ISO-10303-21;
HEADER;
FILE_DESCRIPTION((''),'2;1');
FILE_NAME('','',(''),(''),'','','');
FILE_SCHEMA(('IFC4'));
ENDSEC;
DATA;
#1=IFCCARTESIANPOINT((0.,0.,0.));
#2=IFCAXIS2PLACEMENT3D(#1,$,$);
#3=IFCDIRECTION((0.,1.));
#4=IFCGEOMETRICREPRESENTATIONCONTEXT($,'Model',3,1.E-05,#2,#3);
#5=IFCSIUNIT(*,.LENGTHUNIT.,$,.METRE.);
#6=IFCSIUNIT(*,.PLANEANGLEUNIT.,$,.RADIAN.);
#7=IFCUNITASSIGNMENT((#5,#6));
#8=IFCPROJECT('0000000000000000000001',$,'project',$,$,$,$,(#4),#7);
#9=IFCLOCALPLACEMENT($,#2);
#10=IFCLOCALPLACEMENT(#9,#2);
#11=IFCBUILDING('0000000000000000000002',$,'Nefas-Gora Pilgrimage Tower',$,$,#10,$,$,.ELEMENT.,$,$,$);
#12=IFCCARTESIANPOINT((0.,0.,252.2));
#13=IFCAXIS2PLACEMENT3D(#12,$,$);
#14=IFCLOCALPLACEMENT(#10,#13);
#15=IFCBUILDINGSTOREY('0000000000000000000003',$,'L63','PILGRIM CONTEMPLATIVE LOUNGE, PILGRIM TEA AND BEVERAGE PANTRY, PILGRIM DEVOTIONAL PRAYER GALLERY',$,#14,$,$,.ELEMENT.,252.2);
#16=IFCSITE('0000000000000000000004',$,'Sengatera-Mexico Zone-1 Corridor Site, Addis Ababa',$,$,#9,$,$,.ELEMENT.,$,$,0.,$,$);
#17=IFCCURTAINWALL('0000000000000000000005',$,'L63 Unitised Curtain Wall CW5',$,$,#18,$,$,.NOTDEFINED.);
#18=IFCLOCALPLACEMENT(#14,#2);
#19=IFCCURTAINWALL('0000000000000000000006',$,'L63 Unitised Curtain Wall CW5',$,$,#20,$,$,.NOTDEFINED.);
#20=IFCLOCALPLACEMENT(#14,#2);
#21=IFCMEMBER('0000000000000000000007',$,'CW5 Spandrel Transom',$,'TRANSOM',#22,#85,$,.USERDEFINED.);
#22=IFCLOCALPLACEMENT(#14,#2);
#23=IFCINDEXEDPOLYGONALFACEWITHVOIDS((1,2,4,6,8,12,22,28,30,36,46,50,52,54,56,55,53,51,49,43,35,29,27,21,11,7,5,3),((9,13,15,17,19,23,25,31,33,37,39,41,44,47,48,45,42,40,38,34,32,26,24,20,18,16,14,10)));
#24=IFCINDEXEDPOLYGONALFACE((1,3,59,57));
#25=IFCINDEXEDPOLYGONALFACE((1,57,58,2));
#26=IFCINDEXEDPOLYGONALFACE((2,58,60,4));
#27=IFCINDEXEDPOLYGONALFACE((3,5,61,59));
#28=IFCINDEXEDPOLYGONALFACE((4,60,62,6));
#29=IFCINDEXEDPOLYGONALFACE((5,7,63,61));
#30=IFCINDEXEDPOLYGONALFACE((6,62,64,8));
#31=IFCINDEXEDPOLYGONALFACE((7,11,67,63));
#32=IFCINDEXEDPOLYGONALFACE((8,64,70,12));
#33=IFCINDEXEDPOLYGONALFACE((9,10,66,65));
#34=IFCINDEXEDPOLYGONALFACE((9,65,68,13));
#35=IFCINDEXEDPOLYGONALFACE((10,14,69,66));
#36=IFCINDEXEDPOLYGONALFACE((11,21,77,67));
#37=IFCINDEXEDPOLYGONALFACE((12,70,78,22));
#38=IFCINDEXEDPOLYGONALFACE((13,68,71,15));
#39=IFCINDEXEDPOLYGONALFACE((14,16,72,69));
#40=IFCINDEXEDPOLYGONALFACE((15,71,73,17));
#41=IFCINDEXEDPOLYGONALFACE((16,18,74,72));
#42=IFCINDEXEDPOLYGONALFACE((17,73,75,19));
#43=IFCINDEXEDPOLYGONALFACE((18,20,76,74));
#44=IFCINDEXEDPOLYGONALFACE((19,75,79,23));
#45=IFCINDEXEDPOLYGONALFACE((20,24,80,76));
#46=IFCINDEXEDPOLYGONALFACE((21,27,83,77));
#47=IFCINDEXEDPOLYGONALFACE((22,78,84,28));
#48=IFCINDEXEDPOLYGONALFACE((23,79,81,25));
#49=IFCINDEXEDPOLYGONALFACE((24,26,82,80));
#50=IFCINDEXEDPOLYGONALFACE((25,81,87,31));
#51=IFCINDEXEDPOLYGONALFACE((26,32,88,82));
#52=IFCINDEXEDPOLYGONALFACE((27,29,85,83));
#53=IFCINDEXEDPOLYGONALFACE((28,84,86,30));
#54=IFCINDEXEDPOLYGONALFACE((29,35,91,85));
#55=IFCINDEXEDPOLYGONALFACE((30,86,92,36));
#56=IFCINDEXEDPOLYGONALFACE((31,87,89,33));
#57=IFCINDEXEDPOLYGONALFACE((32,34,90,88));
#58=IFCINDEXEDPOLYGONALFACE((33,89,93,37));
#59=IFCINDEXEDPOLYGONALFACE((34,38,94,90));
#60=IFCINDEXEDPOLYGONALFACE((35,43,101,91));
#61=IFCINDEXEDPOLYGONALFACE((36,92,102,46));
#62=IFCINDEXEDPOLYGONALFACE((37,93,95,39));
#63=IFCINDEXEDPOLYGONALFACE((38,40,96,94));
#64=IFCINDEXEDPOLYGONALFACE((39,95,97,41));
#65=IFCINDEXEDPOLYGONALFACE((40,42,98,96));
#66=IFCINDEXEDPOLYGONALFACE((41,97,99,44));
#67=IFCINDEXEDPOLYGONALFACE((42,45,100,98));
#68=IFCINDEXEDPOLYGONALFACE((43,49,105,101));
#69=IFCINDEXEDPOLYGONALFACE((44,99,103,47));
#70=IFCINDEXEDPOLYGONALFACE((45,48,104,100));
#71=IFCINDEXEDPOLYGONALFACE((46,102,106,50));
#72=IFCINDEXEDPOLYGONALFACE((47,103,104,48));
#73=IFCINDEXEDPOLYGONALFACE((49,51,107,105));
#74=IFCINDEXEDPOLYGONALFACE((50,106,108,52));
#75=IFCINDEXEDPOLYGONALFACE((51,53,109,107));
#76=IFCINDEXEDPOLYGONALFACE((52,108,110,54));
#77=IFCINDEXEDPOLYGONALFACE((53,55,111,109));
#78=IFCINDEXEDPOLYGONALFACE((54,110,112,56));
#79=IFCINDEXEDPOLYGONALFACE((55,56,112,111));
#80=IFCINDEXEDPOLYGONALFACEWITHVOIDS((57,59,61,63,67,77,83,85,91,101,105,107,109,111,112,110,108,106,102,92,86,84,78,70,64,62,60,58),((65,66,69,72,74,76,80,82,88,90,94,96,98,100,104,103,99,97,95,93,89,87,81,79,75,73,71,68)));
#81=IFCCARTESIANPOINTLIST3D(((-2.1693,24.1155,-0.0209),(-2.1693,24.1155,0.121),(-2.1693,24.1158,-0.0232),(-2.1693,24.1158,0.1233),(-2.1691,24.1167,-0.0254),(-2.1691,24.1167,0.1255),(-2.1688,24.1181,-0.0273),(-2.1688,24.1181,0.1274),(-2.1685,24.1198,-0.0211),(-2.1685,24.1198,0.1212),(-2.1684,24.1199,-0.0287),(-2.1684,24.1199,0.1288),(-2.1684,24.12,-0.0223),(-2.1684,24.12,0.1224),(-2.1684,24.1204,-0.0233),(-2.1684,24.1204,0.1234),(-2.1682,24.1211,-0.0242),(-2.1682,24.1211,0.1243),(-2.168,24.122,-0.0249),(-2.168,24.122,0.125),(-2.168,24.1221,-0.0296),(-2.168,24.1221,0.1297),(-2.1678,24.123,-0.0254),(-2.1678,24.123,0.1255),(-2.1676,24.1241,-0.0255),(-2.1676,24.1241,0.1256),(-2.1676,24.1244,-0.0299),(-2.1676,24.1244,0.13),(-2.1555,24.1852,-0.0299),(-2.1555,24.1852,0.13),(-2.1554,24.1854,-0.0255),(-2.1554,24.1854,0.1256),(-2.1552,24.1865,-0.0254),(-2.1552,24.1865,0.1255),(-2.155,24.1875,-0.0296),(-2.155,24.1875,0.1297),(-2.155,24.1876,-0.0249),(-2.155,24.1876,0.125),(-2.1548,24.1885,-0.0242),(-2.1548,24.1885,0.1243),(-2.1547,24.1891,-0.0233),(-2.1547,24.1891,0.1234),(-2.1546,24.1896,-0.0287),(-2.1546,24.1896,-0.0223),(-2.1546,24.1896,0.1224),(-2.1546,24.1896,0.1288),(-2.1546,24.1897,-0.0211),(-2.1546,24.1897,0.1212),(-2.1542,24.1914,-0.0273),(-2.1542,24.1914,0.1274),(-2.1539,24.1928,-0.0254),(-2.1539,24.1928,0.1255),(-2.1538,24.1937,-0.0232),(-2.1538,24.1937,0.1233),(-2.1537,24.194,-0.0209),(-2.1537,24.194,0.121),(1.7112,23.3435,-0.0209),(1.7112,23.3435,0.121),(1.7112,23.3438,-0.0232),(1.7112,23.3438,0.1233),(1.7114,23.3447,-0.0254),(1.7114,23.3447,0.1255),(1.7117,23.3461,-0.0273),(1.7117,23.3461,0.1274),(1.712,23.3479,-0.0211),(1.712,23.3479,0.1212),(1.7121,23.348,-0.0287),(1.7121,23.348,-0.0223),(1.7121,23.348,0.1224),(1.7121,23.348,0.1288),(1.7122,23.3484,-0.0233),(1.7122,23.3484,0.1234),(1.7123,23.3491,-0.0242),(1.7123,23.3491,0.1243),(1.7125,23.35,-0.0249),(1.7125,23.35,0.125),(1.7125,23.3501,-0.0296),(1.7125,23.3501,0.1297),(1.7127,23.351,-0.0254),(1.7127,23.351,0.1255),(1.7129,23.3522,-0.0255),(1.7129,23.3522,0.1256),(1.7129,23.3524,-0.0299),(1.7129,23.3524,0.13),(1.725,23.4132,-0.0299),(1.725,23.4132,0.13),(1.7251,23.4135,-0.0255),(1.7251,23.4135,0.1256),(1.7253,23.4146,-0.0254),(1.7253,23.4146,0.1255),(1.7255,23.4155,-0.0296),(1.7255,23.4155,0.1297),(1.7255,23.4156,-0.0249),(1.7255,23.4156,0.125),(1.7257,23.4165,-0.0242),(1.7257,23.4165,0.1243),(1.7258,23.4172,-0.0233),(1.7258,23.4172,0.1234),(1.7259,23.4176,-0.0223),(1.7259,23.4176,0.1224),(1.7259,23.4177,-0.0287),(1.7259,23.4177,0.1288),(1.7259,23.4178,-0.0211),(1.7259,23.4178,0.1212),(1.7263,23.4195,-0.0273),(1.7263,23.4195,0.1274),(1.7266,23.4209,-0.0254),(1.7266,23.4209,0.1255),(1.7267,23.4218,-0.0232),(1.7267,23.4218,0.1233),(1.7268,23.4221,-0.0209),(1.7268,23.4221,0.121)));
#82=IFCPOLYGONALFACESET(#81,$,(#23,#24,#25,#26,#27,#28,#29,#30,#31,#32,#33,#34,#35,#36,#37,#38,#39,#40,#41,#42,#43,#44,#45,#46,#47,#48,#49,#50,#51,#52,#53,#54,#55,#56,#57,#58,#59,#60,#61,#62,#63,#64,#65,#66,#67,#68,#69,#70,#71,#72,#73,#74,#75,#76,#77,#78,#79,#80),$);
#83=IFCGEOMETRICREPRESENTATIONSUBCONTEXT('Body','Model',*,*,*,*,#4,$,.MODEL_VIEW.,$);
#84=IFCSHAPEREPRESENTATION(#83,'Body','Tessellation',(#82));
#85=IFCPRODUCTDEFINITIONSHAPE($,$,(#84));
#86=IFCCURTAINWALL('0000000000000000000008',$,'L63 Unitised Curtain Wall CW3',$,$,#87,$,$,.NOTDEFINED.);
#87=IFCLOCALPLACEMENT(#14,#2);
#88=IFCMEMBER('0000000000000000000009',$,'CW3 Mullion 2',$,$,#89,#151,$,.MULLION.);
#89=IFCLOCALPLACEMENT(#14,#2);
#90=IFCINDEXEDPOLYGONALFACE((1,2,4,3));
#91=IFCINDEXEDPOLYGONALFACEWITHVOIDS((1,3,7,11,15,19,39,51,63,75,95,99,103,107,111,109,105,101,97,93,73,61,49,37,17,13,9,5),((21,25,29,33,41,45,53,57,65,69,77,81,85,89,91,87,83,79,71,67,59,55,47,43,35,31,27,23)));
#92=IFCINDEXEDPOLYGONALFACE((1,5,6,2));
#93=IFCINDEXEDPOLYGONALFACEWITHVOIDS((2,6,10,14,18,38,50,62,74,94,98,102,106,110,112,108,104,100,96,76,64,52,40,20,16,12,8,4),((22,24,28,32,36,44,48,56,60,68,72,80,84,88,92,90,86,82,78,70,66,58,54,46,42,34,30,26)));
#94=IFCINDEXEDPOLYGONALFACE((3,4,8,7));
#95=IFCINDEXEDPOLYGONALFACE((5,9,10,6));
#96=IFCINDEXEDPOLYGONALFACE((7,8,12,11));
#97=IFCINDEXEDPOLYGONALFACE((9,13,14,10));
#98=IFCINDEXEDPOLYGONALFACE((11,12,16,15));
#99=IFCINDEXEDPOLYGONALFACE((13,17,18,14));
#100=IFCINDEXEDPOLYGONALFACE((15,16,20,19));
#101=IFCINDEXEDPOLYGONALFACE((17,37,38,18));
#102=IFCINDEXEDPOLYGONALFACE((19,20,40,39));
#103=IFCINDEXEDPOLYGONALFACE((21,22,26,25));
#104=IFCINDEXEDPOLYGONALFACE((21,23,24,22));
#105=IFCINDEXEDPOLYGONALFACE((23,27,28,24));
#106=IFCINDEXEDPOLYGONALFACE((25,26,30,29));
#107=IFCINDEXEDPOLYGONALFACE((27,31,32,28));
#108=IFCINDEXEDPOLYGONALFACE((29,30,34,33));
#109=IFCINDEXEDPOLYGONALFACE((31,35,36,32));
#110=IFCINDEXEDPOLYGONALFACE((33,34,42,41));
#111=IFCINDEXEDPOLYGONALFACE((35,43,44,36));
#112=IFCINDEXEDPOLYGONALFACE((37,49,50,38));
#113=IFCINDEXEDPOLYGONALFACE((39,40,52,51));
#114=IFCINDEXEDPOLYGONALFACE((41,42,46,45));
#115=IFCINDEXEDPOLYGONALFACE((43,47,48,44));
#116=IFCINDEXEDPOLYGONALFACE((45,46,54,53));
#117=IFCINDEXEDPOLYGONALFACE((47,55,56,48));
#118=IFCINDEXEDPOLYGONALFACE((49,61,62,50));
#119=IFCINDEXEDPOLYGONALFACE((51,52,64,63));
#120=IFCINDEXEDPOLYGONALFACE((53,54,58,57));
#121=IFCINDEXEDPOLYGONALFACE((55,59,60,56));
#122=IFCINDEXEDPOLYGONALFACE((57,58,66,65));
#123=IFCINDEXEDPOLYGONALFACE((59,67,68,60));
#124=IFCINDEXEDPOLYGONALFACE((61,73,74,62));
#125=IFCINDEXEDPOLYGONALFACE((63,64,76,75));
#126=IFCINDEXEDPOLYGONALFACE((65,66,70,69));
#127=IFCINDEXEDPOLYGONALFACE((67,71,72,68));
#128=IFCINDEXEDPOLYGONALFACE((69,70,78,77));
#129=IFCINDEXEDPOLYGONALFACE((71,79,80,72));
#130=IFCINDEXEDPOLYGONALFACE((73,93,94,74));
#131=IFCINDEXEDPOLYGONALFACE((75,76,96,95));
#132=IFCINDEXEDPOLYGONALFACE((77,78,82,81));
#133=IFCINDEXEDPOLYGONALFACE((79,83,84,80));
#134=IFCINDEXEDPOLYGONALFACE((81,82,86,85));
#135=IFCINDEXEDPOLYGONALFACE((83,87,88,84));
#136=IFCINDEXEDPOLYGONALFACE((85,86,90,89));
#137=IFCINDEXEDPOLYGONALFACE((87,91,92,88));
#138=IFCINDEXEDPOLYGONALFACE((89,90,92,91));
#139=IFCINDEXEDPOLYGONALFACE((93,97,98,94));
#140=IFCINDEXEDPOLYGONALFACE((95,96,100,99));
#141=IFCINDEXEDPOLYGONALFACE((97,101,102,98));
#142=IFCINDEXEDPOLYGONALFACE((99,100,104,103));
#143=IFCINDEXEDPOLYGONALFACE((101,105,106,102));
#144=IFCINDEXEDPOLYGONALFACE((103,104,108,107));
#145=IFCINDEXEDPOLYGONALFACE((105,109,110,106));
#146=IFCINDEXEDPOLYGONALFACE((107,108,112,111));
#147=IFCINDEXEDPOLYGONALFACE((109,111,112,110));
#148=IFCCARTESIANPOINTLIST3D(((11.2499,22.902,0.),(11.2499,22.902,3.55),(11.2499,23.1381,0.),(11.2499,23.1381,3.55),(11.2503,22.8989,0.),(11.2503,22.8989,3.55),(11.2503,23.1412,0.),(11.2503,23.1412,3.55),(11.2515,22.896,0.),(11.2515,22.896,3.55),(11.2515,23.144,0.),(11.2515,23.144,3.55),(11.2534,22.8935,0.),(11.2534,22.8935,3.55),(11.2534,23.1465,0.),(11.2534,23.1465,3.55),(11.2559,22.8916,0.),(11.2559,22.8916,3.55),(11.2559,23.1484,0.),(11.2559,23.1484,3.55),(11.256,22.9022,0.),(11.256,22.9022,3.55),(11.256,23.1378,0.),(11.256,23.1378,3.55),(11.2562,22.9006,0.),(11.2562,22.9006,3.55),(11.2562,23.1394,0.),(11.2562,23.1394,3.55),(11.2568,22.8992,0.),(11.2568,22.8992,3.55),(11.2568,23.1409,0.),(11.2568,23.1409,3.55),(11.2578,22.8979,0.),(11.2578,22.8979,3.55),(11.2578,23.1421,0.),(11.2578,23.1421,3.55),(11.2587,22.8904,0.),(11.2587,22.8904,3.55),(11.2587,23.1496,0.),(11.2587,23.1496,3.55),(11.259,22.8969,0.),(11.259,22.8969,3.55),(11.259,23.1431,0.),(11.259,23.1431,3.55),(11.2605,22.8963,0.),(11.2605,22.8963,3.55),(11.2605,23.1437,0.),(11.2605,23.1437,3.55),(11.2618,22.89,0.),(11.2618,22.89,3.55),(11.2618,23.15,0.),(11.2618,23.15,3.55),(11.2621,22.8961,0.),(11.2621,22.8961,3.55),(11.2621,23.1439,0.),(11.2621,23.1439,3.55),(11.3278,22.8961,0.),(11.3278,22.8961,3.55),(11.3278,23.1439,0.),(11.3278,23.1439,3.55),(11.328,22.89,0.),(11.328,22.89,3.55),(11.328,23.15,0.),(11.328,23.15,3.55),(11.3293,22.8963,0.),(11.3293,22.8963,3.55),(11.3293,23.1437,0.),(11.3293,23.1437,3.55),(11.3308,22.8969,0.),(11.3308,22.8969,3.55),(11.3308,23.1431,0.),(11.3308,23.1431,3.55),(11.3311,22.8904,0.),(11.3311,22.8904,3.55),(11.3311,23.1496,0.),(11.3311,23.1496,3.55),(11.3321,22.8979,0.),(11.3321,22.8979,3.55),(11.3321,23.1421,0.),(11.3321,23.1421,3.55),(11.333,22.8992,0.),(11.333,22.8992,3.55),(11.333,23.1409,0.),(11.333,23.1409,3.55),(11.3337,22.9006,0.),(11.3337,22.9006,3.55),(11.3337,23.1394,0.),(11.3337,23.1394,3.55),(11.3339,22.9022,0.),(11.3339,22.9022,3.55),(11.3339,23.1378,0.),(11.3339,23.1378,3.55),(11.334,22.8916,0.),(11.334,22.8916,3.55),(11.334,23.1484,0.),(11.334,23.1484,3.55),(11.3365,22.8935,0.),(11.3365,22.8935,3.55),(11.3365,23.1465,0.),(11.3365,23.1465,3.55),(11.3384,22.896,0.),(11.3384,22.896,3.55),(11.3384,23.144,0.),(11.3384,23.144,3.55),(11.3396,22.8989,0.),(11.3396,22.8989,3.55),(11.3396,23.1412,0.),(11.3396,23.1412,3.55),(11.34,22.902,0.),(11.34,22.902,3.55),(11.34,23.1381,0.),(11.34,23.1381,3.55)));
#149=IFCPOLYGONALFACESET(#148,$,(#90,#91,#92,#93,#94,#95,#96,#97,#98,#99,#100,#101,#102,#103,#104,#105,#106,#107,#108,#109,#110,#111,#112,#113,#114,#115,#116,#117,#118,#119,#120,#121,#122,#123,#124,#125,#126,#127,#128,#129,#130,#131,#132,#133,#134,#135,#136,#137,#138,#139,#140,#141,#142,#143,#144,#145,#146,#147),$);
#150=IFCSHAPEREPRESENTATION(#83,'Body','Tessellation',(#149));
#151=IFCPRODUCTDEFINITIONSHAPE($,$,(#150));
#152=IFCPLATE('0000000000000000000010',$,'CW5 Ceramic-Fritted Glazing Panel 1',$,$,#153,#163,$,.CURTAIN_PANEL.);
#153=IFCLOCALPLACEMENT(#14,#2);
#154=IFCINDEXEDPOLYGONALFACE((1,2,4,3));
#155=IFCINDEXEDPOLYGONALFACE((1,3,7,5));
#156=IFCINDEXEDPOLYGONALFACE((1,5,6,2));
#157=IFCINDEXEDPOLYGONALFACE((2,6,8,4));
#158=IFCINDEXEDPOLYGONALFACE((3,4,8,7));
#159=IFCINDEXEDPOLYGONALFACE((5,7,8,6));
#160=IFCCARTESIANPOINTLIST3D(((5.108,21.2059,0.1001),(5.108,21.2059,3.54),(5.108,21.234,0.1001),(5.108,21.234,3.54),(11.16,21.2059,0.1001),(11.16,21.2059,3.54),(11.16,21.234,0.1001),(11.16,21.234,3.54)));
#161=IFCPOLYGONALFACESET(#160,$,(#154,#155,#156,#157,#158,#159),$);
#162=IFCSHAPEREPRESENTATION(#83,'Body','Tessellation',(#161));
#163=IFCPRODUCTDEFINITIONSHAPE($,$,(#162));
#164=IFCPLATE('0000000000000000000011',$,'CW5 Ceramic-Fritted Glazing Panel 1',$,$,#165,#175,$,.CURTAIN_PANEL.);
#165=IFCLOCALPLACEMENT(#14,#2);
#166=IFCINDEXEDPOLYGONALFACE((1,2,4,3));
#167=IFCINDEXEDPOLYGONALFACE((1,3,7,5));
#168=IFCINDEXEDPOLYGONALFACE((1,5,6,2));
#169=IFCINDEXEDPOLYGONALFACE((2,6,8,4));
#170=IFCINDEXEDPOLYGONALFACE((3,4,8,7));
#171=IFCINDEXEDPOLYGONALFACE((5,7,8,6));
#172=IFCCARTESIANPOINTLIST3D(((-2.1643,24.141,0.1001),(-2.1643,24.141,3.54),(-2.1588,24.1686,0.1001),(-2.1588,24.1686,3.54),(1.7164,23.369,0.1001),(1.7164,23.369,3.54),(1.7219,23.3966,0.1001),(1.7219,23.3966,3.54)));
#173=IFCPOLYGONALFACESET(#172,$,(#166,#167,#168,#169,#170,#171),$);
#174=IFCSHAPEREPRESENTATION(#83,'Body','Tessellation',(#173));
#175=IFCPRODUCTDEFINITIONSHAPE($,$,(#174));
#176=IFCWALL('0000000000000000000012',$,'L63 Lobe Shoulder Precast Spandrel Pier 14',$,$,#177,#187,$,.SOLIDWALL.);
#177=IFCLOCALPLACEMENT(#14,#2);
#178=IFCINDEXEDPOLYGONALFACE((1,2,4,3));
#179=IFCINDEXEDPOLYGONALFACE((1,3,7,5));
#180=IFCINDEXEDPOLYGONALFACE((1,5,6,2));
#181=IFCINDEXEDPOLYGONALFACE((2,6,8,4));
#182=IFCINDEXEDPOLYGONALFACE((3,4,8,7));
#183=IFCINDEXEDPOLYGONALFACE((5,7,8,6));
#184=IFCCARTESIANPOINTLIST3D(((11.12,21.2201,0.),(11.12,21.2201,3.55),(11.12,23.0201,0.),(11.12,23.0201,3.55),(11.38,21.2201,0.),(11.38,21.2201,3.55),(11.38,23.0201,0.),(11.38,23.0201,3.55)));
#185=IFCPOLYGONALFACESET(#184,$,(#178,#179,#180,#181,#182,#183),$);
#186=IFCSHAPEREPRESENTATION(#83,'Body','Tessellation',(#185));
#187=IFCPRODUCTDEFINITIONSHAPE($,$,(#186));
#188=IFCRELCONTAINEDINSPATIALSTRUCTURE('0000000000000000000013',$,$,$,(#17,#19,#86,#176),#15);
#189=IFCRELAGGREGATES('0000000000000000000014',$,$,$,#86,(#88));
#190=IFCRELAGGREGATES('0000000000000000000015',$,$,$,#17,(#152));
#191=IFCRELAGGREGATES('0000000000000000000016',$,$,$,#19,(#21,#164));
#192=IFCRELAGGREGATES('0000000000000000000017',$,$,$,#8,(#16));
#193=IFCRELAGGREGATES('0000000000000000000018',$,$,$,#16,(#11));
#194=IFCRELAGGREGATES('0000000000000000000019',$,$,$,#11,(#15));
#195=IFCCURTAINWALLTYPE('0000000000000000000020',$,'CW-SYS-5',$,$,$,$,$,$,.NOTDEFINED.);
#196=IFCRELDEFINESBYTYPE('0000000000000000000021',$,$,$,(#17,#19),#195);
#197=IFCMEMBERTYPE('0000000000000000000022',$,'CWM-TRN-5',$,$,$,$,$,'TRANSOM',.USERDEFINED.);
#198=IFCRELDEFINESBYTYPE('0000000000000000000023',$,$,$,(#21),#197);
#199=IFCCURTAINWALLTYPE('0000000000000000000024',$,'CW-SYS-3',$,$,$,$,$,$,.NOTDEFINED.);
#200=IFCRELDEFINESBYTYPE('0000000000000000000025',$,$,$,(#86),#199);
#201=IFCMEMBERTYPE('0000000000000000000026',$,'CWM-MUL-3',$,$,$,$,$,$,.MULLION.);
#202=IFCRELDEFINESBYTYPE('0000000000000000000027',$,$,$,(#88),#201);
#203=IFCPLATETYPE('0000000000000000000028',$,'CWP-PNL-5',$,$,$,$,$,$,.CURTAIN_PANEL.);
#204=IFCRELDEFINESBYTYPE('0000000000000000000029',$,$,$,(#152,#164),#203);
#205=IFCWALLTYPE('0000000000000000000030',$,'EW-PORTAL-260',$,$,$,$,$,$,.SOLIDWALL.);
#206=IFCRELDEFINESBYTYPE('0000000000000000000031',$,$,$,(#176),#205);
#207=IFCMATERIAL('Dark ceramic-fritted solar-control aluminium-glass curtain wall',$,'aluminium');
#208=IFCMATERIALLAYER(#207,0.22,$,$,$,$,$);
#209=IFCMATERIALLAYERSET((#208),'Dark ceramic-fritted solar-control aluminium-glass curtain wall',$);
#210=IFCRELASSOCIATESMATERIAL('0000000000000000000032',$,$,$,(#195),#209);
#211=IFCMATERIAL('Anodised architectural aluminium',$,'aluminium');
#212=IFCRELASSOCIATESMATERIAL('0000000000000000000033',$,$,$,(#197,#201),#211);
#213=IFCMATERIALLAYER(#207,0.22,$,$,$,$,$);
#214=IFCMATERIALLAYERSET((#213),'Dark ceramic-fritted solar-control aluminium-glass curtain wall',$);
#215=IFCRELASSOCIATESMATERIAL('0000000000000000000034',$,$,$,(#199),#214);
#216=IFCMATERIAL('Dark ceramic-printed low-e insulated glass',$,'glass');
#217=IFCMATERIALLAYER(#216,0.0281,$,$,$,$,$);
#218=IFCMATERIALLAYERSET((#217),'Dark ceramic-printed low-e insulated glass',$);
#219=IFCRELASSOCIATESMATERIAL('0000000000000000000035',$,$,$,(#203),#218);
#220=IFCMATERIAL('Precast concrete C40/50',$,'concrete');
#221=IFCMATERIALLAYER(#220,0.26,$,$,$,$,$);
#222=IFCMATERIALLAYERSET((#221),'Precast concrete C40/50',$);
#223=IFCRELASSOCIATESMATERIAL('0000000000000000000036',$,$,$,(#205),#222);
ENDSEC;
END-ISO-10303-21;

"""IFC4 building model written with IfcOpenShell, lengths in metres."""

from ifc_helpers import new_model, si_unit, direction, frame, frame_2d, origin, origin_2d, place, context, subcontext, project, spatial, rectangle, hollow_rectangle, extrude, source, transform, mapped, material, layer, layer_set, material_profile, profile_set, type_object, element, aggregate, save


model = new_model("IFC4")

# Units and contexts
model_context = context("Model", 3, precision=1e-05, world=origin(), true_north=direction((0.0, 1.0)))
body_context = subcontext(model_context, "Body", "Model", "MODEL_VIEW")
ifc_project = project(units=[si_unit("LENGTHUNIT", "METRE"), si_unit("PLANEANGLEUNIT", "RADIAN")], contexts=[model_context])

# Site, building, storey
site_placement = place(None, origin())
site = spatial("IfcSite", under=ifc_project, at=site_placement, Name="Sengatera-Mexico Zone-1 Corridor Site, Addis Ababa", CompositionType="ELEMENT", RefElevation=0.0)
building_placement = place(site_placement, origin())
building = spatial("IfcBuilding", under=site, at=building_placement, Name="Nefas-Gora Pilgrimage Tower", CompositionType="ELEMENT")
storey_placement = place(building_placement, frame((0.0, 0.0, 252.2)))
storey = spatial("IfcBuildingStorey", under=building, at=storey_placement, Name="L63", Description="PILGRIM CONTEMPLATIVE LOUNGE, PILGRIM TEA AND BEVERAGE PANTRY, PILGRIM DEVOTIONAL PRAYER GALLERY", CompositionType="ELEMENT", Elevation=252.2)

# Curtain wall
ifc_material_1 = material(Name="Dark ceramic-fritted solar-control aluminium-glass curtain wall", Category="aluminium")
ifc_layer_1 = layer(ifc_material_1, 0.22)
ifc_layer_set_1 = layer_set([ifc_layer_1], Name="Dark ceramic-fritted solar-control aluminium-glass curtain wall")
curtain_wall_type_1 = type_object("IfcCurtainWallType", Name="CW-SYS-5", PredefinedType="NOTDEFINED", material=ifc_layer_set_1)
curtain_wall_1_placement = place(storey_placement, origin())
curtain_wall_1 = element("IfcCurtainWall", 1, at=curtain_wall_1_placement, inside=storey, type_object=curtain_wall_type_1, Name="L63 Unitised Curtain Wall CW5", PredefinedType="NOTDEFINED")
ifc_material_2 = material(Name="Anodised architectural aluminium", Category="aluminium")

# Curtain wall
curtain_wall_2_placement = place(storey_placement, origin())
curtain_wall_2 = element("IfcCurtainWall", 2, at=curtain_wall_2_placement, inside=storey, type_object=curtain_wall_type_1, Name="L63 Unitised Curtain Wall CW5", PredefinedType="NOTDEFINED")

# Member
ifc_material_profile_1 = material_profile(ifc_material_2, hollow_rectangle(XDim=0.0801, YDim=0.1599, WallThickness=0.0044, InnerFilletRadius=0.0044, OuterFilletRadius=0.009, at=origin_2d()), Name="ALU TRANSOM 80x160")
ifc_profile_set_1 = profile_set([ifc_material_profile_1], Name="Anodised architectural aluminium")
member_type_1 = type_object("IfcMemberType", Name="CWM-TRN-5", ElementType="TRANSOM", PredefinedType="USERDEFINED", material=ifc_profile_set_1)
shared_shape_1 = source(origin(), body_context, "Body", "SweptSolid", [
    extrude(hollow_rectangle(XDim=0.0801, YDim=0.1599, WallThickness=0.0044, InnerFilletRadius=0.0044, OuterFilletRadius=0.009, at=origin_2d()), origin(), (0.0, 0.0, 1.0), 3.9565),
])
member_1_placement = place(storey_placement, frame((1.719, 23.3828, 0.05), z_axis=(-0.980782, 0.195107, 0.0), x_axis=(-0.195107, -0.980782, 0.0)))
member_1 = element("IfcMember", 3, at=member_1_placement, type_object=member_type_1, Name="CW5 Spandrel Transom", ObjectType="TRANSOM", PredefinedType="USERDEFINED", context=body_context, shape_type="MappedRepresentation", body=[
    mapped(shared_shape_1, transform((0.0, 0.0, 0.0), x_axis=(1.0, 0.0, 0.0), y_axis=(0.0, 1.0, 0.0), z_axis=(0.0, 0.0, 1.0), scale=1.0)),
])

# Curtain wall, member
ifc_layer_2 = layer(ifc_material_1, 0.22)
ifc_layer_set_2 = layer_set([ifc_layer_2], Name="Dark ceramic-fritted solar-control aluminium-glass curtain wall")
curtain_wall_type_2 = type_object("IfcCurtainWallType", Name="CW-SYS-3", PredefinedType="NOTDEFINED", material=ifc_layer_set_2)
curtain_wall_3_placement = place(storey_placement, origin())
curtain_wall_3 = element("IfcCurtainWall", 4, at=curtain_wall_3_placement, inside=storey, type_object=curtain_wall_type_2, Name="L63 Unitised Curtain Wall CW3", PredefinedType="NOTDEFINED")
ifc_material_profile_2 = material_profile(ifc_material_2, hollow_rectangle(XDim=0.0901, YDim=0.26, WallThickness=0.0061, InnerFilletRadius=0.0061, OuterFilletRadius=0.012, at=origin_2d()), Name="ALU MULLION 90x260")
ifc_profile_set_2 = profile_set([ifc_material_profile_2], Name="Anodised architectural aluminium")
member_type_2 = type_object("IfcMemberType", Name="CWM-MUL-3", PredefinedType="MULLION", material=ifc_profile_set_2)
shared_shape_2 = source(origin(), body_context, "Body", "SweptSolid", [
    extrude(hollow_rectangle(XDim=0.0901, YDim=0.26, WallThickness=0.0061, InnerFilletRadius=0.0061, OuterFilletRadius=0.012, at=origin_2d()), origin(), (0.0, 0.0, 1.0), 3.55),
])
member_2_placement = place(storey_placement, frame((11.2949, 23.02, 0.0), z_axis=(0.0, 0.0, 1.0), x_axis=(-1.0, 0.0, 0.0)))
member_2 = element("IfcMember", 5, at=member_2_placement, type_object=member_type_2, Name="CW3 Mullion 2", PredefinedType="MULLION", context=body_context, shape_type="MappedRepresentation", body=[
    mapped(shared_shape_2, transform((0.0, 0.0, 0.0), x_axis=(1.0, 0.0, 0.0), y_axis=(0.0, 1.0, 0.0), z_axis=(0.0, 0.0, 1.0), scale=1.0)),
])
aggregate(curtain_wall_3, [member_2])

# Plates
ifc_material_3 = material(Name="Dark ceramic-printed low-e insulated glass", Category="glass")
ifc_layer_3 = layer(ifc_material_3, 0.0281)
ifc_layer_set_3 = layer_set([ifc_layer_3], Name="Dark ceramic-printed low-e insulated glass")
plate_type = type_object("IfcPlateType", Name="CWP-PNL-5", PredefinedType="CURTAIN_PANEL", material=ifc_layer_set_3)
shared_shape_3 = source(origin(), body_context, "Body", "SweptSolid", [
    extrude(rectangle(XDim=6.052, YDim=0.0281, at=origin_2d()), origin(), (0.0, 0.0, 1.0), 3.4399),
])
plate_1_placement = place(storey_placement, frame((8.134, 21.22, 0.1001), z_axis=(0.0, 0.0, 1.0), x_axis=(-1.0, 0.0, 0.0)))
plate_1 = element("IfcPlate", 6, at=plate_1_placement, type_object=plate_type, Name="CW5 Ceramic-Fritted Glazing Panel 1", PredefinedType="CURTAIN_PANEL", context=body_context, shape_type="MappedRepresentation", body=[
    mapped(shared_shape_3, transform((0.0, 0.0, 0.0), x_axis=(1.0, 0.0, 0.0), y_axis=(0.0, 1.0, 0.0), z_axis=(0.0, 0.0, 1.0), scale=1.0)),
])
aggregate(curtain_wall_1, [plate_1])
shared_shape_4 = source(origin(), body_context, "Body", "SweptSolid", [
    extrude(rectangle(XDim=3.9568, YDim=0.0281, at=origin_2d()), origin(), (0.0, 0.0, 1.0), 3.4399),
])
plate_2_placement = place(storey_placement, frame((-0.2212, 23.7688, 0.1001), z_axis=(0.0, 0.0, 1.0), x_axis=(-0.980783, 0.195102, 0.0)))
plate_2 = element("IfcPlate", 7, at=plate_2_placement, type_object=plate_type, Name="CW5 Ceramic-Fritted Glazing Panel 1", PredefinedType="CURTAIN_PANEL", context=body_context, shape_type="MappedRepresentation", body=[
    mapped(shared_shape_4, transform((0.0, 0.0, 0.0), x_axis=(1.0, 0.0, 0.0), y_axis=(0.0, 1.0, 0.0), z_axis=(0.0, 0.0, 1.0), scale=1.0)),
])
aggregate(curtain_wall_2, [member_1, plate_2])

# Wall
ifc_material_4 = material(Name="Precast concrete C40/50", Category="concrete")
ifc_layer_4 = layer(ifc_material_4, 0.26)
ifc_layer_set_4 = layer_set([ifc_layer_4], Name="Precast concrete C40/50")
wall_type_1 = type_object("IfcWallType", Name="EW-PORTAL-260", PredefinedType="SOLIDWALL", material=ifc_layer_set_4)
shared_shape_5 = source(origin(), body_context, "Body", "SweptSolid", [
    extrude(rectangle(XDim=1.8, YDim=0.26, at=frame_2d((0.8999, 0.0))), origin(), (0.0, 0.0, 1.0), 3.55),
])
wall_1_placement = place(storey_placement, frame((11.25, 23.02, 0.0), z_axis=(0.0, 0.0, 1.0), x_axis=(0.0, -1.0, 0.0)))
element("IfcWall", 8, at=wall_1_placement, inside=storey, type_object=wall_type_1, Name="L63 Lobe Shoulder Precast Spandrel Pier 14", PredefinedType="SOLIDWALL", context=body_context, shape_type="MappedRepresentation", body=[
    mapped(shared_shape_5, transform((0.0, 0.0, 0.0), x_axis=(1.0, 0.0, 0.0), y_axis=(0.0, 1.0, 0.0), z_axis=(0.0, 0.0, 1.0), scale=1.0)),
])

save(model, "model.ifc")
